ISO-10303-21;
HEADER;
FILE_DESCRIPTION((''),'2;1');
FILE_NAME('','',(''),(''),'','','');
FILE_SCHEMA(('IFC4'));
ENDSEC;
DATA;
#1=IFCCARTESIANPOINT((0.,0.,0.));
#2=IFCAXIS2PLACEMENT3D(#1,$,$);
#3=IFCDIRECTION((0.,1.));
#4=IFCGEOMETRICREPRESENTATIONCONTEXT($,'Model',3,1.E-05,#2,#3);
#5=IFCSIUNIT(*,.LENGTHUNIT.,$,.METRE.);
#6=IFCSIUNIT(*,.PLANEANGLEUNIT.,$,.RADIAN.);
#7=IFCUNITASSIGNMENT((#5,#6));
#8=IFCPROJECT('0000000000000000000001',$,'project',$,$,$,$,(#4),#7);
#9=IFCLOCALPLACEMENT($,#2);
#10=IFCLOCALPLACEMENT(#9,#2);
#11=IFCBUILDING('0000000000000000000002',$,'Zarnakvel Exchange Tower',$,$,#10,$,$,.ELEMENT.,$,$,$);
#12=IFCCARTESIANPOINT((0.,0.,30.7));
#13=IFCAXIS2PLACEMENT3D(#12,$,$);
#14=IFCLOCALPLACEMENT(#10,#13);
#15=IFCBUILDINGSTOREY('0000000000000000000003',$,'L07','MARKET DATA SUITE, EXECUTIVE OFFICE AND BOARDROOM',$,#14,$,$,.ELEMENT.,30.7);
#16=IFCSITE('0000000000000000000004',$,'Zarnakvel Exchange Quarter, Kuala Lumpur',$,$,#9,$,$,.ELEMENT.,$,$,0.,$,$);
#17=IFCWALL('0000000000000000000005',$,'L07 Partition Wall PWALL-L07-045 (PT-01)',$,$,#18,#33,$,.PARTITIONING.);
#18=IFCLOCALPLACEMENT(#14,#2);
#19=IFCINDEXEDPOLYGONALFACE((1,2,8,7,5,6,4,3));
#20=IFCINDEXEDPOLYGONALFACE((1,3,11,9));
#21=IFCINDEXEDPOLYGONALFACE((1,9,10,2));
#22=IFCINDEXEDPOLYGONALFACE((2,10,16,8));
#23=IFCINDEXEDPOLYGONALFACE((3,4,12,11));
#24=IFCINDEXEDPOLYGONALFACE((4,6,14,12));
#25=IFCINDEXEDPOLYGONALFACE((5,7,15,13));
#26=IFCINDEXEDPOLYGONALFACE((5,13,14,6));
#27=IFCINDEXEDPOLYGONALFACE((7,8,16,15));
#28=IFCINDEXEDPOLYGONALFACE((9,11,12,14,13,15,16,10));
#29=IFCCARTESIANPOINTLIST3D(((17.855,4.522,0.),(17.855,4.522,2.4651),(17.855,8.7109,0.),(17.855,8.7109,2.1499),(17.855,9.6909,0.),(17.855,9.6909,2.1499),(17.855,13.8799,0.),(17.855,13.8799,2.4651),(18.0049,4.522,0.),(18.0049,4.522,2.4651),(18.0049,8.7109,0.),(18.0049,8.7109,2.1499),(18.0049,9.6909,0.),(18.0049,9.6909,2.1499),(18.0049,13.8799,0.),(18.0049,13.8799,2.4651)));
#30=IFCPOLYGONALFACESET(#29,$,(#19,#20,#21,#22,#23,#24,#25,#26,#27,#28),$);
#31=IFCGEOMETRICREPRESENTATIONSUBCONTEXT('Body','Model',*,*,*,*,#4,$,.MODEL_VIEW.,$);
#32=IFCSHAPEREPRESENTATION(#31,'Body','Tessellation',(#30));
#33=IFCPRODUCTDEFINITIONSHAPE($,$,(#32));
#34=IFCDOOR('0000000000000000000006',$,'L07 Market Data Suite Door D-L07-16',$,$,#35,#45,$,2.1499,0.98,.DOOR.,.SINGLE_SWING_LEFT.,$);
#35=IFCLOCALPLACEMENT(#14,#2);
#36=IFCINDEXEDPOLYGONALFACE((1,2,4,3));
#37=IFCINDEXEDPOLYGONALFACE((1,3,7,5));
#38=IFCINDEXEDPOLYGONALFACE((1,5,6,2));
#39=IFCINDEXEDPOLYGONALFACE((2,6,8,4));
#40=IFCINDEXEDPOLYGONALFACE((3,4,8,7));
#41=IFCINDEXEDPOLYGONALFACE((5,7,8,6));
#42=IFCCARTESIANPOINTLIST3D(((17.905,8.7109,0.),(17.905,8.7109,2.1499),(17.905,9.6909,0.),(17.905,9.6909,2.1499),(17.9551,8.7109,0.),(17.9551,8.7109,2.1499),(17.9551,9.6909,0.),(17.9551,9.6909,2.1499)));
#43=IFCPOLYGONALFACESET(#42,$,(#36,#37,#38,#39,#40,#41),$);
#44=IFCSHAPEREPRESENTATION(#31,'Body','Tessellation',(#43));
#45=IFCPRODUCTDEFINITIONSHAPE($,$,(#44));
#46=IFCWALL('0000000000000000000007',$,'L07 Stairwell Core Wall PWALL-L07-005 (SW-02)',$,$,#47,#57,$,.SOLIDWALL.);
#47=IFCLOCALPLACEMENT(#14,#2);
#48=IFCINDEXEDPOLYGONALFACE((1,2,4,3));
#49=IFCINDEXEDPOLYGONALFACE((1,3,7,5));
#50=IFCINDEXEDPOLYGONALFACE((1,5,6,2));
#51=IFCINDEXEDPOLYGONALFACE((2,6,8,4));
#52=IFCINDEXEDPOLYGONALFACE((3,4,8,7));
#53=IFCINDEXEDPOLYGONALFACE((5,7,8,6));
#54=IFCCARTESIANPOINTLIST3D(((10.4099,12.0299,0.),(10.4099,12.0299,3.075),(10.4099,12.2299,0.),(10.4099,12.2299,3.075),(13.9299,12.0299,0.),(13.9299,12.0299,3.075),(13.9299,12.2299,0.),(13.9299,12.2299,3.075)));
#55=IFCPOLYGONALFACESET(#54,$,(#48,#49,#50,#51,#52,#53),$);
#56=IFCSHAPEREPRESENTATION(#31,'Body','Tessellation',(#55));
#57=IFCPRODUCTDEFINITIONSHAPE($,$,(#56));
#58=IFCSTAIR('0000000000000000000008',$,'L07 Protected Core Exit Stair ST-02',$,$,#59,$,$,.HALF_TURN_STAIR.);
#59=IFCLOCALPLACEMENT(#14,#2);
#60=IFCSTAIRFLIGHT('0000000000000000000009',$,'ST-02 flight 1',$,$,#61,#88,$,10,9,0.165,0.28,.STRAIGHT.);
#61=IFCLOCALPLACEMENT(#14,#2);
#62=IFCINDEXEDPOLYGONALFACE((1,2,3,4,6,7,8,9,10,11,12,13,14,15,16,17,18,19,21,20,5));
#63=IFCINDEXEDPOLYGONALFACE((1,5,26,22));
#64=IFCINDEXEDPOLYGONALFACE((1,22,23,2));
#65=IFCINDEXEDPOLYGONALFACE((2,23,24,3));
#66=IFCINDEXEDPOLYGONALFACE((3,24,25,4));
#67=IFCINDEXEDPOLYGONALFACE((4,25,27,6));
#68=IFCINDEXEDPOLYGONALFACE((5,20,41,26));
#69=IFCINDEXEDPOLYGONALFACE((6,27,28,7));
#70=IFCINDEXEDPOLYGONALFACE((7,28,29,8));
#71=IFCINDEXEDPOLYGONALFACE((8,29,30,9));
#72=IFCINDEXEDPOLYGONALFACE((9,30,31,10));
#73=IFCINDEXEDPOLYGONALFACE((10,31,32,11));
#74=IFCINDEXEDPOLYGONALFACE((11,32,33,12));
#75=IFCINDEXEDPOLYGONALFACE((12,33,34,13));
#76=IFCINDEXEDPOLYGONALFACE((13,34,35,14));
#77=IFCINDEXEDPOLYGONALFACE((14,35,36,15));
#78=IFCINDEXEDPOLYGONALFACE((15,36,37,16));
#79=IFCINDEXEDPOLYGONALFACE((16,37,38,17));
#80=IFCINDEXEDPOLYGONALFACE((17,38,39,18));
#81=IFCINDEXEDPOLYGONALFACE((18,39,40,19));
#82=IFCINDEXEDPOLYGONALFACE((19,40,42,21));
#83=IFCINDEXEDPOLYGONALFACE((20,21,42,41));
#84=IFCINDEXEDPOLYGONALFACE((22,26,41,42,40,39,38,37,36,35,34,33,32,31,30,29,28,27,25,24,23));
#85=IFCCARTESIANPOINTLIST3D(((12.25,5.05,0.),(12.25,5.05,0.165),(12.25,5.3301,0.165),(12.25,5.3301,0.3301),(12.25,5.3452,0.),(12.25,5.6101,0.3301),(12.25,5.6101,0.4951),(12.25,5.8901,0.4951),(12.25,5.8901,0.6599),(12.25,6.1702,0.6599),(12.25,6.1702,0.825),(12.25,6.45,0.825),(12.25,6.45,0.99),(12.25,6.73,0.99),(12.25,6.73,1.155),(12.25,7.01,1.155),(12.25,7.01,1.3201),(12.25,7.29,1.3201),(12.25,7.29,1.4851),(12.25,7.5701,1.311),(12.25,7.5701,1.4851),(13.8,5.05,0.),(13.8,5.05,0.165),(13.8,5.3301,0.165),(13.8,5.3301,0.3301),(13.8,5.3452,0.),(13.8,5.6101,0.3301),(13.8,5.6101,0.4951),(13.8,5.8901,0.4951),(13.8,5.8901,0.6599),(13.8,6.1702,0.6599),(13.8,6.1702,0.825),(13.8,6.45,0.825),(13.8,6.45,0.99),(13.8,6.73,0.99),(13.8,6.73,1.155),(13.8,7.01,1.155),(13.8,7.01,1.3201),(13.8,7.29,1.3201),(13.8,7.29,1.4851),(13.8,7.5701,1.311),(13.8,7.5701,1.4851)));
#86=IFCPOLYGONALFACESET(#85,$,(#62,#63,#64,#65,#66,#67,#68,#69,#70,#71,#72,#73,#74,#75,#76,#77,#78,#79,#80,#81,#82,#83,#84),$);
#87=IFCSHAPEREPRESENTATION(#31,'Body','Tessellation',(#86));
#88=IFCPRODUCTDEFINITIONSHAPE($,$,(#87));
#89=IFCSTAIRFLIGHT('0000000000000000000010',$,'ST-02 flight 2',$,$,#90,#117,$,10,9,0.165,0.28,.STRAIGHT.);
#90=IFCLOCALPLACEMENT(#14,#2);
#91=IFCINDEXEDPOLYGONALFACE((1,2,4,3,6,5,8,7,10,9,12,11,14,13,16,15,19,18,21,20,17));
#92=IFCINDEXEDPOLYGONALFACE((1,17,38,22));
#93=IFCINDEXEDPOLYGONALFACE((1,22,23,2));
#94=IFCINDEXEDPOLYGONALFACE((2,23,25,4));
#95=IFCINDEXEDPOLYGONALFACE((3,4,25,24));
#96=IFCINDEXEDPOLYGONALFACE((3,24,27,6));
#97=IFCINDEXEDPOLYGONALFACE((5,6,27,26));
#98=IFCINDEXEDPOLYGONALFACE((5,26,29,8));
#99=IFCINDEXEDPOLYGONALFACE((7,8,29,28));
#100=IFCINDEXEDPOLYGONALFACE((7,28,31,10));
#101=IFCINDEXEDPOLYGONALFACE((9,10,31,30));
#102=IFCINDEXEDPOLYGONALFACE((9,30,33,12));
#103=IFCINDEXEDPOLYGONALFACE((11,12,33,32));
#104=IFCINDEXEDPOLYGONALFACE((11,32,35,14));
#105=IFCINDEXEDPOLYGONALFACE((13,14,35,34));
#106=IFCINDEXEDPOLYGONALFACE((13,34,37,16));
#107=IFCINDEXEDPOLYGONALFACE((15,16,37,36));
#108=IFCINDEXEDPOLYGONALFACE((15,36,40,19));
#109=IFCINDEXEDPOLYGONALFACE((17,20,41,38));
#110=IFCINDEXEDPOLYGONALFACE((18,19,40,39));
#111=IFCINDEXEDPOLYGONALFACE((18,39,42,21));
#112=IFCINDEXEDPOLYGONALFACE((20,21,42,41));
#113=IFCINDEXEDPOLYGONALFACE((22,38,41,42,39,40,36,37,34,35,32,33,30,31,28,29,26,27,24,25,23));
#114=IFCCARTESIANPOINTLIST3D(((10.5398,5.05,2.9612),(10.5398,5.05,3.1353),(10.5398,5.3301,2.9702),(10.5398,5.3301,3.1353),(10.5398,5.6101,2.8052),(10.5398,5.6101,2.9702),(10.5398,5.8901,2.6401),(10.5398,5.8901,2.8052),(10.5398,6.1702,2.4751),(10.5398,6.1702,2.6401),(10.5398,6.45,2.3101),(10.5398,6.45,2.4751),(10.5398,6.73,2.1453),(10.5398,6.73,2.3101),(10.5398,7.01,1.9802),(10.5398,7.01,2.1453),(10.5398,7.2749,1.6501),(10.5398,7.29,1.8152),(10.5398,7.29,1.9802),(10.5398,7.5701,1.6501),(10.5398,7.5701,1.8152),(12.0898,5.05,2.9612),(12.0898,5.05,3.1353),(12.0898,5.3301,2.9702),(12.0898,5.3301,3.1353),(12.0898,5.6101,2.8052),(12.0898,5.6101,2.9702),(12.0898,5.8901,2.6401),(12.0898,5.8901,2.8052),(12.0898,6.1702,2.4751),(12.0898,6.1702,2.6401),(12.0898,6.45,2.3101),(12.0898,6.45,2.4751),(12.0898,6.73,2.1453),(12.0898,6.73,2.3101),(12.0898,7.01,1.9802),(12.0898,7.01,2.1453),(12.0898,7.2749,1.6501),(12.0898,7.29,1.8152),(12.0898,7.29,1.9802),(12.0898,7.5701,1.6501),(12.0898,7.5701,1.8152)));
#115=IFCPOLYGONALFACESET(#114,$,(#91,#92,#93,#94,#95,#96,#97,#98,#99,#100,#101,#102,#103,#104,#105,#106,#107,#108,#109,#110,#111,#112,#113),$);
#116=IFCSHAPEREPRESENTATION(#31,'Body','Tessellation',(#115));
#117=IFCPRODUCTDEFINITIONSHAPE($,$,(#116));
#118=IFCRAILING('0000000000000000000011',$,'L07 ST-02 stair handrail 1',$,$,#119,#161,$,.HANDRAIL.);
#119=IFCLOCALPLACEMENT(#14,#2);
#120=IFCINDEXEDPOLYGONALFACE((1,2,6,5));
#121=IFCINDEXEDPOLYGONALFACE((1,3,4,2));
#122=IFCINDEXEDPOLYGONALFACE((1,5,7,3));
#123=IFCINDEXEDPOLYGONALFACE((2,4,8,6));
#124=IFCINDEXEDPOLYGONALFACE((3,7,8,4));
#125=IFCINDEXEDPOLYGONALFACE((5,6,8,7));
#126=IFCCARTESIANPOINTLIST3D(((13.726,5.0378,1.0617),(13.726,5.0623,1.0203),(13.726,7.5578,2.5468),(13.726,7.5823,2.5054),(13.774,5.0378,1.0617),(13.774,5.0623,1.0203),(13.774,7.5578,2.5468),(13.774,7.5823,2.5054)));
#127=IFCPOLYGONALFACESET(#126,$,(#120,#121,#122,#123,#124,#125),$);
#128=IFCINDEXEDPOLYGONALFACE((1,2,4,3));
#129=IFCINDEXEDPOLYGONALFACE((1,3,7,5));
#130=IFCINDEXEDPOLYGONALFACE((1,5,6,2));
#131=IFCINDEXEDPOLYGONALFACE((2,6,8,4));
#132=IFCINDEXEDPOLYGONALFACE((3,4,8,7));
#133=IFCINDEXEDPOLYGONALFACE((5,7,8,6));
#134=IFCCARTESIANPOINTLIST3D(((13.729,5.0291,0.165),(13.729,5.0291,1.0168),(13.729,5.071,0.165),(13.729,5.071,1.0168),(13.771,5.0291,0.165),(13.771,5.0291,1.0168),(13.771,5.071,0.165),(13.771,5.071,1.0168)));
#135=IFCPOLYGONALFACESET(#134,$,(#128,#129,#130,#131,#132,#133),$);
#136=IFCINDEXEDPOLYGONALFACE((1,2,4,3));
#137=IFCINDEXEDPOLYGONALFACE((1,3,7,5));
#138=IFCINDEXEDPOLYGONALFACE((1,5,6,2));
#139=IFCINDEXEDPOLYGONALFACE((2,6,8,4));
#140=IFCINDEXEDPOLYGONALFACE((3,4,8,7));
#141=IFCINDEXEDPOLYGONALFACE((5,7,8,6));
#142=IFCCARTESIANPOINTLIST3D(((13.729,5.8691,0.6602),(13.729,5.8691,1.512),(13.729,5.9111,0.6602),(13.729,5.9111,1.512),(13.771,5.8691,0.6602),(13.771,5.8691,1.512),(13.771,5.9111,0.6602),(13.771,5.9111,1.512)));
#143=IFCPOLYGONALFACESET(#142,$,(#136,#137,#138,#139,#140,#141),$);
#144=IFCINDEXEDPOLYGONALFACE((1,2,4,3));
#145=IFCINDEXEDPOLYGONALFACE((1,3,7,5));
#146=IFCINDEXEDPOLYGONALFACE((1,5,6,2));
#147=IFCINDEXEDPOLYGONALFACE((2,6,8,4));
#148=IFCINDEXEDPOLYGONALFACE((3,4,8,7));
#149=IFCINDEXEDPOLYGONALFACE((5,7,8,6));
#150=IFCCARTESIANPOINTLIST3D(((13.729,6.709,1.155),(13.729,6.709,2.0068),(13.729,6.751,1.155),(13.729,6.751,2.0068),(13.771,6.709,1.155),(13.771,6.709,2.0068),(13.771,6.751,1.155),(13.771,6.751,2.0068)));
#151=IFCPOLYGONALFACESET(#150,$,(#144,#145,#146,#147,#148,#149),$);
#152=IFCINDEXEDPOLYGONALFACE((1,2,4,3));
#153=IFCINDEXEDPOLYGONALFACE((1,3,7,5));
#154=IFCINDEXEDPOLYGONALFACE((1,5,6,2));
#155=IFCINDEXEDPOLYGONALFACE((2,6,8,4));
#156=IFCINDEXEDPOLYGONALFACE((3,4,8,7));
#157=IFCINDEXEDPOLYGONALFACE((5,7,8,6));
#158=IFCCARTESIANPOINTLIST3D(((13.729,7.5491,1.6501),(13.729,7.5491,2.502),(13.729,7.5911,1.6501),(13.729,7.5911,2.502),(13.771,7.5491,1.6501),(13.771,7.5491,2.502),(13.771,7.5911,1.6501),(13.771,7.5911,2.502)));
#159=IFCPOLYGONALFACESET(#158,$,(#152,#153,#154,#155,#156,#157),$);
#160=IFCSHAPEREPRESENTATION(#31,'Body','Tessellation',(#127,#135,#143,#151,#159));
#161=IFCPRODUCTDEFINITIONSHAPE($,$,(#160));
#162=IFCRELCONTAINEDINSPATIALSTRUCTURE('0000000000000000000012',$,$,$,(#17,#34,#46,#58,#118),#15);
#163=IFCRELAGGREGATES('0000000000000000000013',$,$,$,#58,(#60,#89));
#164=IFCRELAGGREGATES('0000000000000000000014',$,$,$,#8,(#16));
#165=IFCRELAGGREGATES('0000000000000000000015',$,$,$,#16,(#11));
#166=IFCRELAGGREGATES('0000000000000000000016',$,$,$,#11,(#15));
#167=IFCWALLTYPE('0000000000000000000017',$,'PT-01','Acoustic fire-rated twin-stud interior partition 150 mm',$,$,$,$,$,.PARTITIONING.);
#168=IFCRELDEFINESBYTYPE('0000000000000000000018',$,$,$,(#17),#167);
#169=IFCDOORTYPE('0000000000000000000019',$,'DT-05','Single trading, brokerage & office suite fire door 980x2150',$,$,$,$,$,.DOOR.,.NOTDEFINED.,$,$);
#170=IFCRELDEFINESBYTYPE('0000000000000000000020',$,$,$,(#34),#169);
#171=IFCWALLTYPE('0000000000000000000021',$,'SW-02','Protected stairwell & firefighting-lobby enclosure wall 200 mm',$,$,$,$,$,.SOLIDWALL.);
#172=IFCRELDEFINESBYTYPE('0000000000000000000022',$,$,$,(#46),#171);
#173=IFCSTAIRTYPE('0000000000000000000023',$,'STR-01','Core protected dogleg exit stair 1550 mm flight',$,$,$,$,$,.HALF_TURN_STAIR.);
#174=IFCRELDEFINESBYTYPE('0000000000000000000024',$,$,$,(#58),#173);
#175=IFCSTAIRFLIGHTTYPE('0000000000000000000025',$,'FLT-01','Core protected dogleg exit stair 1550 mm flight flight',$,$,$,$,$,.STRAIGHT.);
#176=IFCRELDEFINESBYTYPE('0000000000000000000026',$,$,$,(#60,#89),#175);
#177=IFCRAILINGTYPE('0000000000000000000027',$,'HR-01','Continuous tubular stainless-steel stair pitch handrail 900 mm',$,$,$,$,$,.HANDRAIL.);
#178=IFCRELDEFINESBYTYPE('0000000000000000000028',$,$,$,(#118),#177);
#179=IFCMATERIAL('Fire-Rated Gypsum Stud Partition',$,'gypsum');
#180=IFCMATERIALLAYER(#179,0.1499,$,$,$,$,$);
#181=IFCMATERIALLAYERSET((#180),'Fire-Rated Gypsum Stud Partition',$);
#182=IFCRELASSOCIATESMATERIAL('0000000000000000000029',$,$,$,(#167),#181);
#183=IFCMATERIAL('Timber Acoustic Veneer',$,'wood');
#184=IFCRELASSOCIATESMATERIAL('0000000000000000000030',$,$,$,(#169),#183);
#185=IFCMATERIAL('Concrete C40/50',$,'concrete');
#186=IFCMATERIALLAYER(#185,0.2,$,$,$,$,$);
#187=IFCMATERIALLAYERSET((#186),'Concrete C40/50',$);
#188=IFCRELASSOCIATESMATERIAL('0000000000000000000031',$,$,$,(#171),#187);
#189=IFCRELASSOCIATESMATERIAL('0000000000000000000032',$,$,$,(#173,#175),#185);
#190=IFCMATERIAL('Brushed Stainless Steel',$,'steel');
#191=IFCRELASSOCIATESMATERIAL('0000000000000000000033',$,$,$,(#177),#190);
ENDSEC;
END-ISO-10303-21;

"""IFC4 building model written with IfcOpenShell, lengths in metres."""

from ifc_helpers import new_model, si_unit, direction, frame, frame_2d, origin, origin_2d, place, context, subcontext, project, spatial, polyline, rectangle, outline, extrude, source, transform, mapped, material, layer, layer_set, type_object, element, fill, aggregate, save


model = new_model("IFC4")

# Units and contexts
model_context = context("Model", 3, precision=1e-05, world=origin(), true_north=direction((0.0, 1.0)))
body_context = subcontext(model_context, "Body", "Model", "MODEL_VIEW")
ifc_project = project(units=[si_unit("LENGTHUNIT", "METRE"), si_unit("PLANEANGLEUNIT", "RADIAN")], contexts=[model_context])

# Site, building, storey
site_placement = place(None, origin())
site = spatial("IfcSite", under=ifc_project, at=site_placement, Name="Zarnakvel Exchange Quarter, Kuala Lumpur", CompositionType="ELEMENT", RefElevation=0.0)
building_placement = place(site_placement, origin())
building = spatial("IfcBuilding", under=site, at=building_placement, Name="Zarnakvel Exchange Tower", CompositionType="ELEMENT")
storey_placement = place(building_placement, frame((0.0, 0.0, 30.7)))
storey = spatial("IfcBuildingStorey", under=building, at=storey_placement, Name="L07", Description="MARKET DATA SUITE, EXECUTIVE OFFICE AND BOARDROOM", CompositionType="ELEMENT", Elevation=30.7)

# Shared definitions
ifc_material_1 = material(Name="Fire-Rated Gypsum Stud Partition", Category="gypsum")
ifc_layer_1 = layer(ifc_material_1, 0.1499)
ifc_layer_set_1 = layer_set([ifc_layer_1], Name="Fire-Rated Gypsum Stud Partition")
wall_type_1 = type_object("IfcWallType", Name="PT-01", Description="Acoustic fire-rated twin-stud interior partition 150 mm", PredefinedType="PARTITIONING", material=ifc_layer_set_1)

# Wall, opening, door
wall_1_placement = place(storey_placement, frame((17.9299, 4.522, 0.0), z_axis=(0.0, 0.0, 1.0), x_axis=(0.0, 1.0, 0.0)))
wall_1 = element("IfcWall", 1, at=wall_1_placement, inside=storey, type_object=wall_type_1, Name="L07 Partition Wall PWALL-L07-045 (PT-01)", PredefinedType="PARTITIONING", context=body_context, shape_type="SweptSolid", body=[
    extrude(rectangle(XDim=9.3579, YDim=0.1499, at=frame_2d((4.679, 0.0))), origin(), (0.0, 0.0, 1.0), 2.4651),
])
opening_1_placement = place(wall_1_placement, frame((4.189, 0.0, 0.0)))
opening_1 = element("IfcOpeningElement", 2, at=opening_1_placement, cuts=wall_1, PredefinedType="OPENING", context=body_context, shape_type="SweptSolid", body=[
    extrude(rectangle(XDim=0.98, YDim=2.1499, at=frame_2d((0.49, 1.075))), frame((0.0, 0.085, 0.0), z_axis=(0.0, -1.0, 0.0), x_axis=(1.0, 0.0, 0.0)), (0.0, 0.0, 1.0), 0.1699),
])
ifc_material_2 = material(Name="Timber Acoustic Veneer", Category="wood")
door_type_1 = type_object("IfcDoorType", Name="DT-05", Description="Single trading, brokerage & office suite fire door 980x2150", OperationType="NOTDEFINED", PredefinedType="DOOR", material=ifc_material_2)
shared_shape_1 = source(origin(), body_context, "Body", "SweptSolid", [
    extrude(rectangle(XDim=0.98, YDim=2.1499, at=frame_2d((0.49, 1.075))), frame((0.0, 0.0249, 0.0), z_axis=(0.0, -1.0, 0.0), x_axis=(1.0, 0.0, 0.0)), (0.0, 0.0, 1.0), 0.05),
])
door_1_placement = place(opening_1_placement, origin())
door_1 = element("IfcDoor", 3, at=door_1_placement, inside=storey, type_object=door_type_1, Name="L07 Market Data Suite Door D-L07-16", OperationType="SINGLE_SWING_LEFT", OverallHeight=2.1499, OverallWidth=0.98, PredefinedType="DOOR", context=body_context, shape_type="MappedRepresentation", body=[
    mapped(shared_shape_1, transform((0.0, 0.0, 0.0), x_axis=(1.0, 0.0, 0.0), y_axis=(0.0, 1.0, 0.0), z_axis=(0.0, 0.0, 1.0), scale=1.0)),
])
fill(opening_1, door_1)
ifc_material_3 = material(Name="Concrete C40/50", Category="concrete")
ifc_layer_2 = layer(ifc_material_3, 0.2)
ifc_layer_set_2 = layer_set([ifc_layer_2], Name="Concrete C40/50")
wall_type_2 = type_object("IfcWallType", Name="SW-02", Description="Protected stairwell & firefighting-lobby enclosure wall 200 mm", PredefinedType="SOLIDWALL", material=ifc_layer_set_2)

# Wall
wall_2_placement = place(storey_placement, frame((10.4099, 12.1299, 0.0), z_axis=(0.0, 0.0, 1.0), x_axis=(1.0, 0.0, 0.0)))
element("IfcWall", 4, at=wall_2_placement, inside=storey, type_object=wall_type_2, Name="L07 Stairwell Core Wall PWALL-L07-005 (SW-02)", PredefinedType="SOLIDWALL", context=body_context, shape_type="SweptSolid", body=[
    extrude(rectangle(XDim=3.52, YDim=0.2, at=frame_2d((1.76, 0.0))), origin(), (0.0, 0.0, 1.0), 3.075),
])

# Stair, stair flights
stair_type = type_object("IfcStairType", Name="STR-01", Description="Core protected dogleg exit stair 1550 mm flight", PredefinedType="HALF_TURN_STAIR", material=ifc_material_3)
stair_placement = place(storey_placement, origin())
stair = element("IfcStair", 5, at=stair_placement, inside=storey, type_object=stair_type, Name="L07 Protected Core Exit Stair ST-02", PredefinedType="HALF_TURN_STAIR")
stair_flight_type = type_object("IfcStairFlightType", Name="FLT-01", Description="Core protected dogleg exit stair 1550 mm flight flight", PredefinedType="STRAIGHT", material=ifc_material_3)
stair_flight_1_placement = place(storey_placement, frame((13.0249, 5.05, 0.0), z_axis=(0.0, 0.0, 1.0), x_axis=(0.0, 1.0, 0.0)))
stair_flight_1 = element("IfcStairFlight", 6, at=stair_flight_1_placement, type_object=stair_flight_type, Name="ST-02 flight 1", NumberOfRisers=10, NumberOfTreads=9, PredefinedType="STRAIGHT", RiserHeight=0.165, TreadLength=0.28, context=body_context, shape_type="SweptSolid", body=[
    extrude(outline(polyline([(0.0, 0.0), (0.0, 0.165), (0.28, 0.165), (0.28, 0.3301), (0.5601, 0.3301), (0.5601, 0.4951), (0.8401, 0.4951), (0.8401, 0.6599), (1.1201, 0.6599), (1.1201, 0.825), (1.3999, 0.825), (1.3999, 0.99), (1.6799, 0.99), (1.6799, 1.155), (1.96, 1.155), (1.96, 1.3201), (2.24, 1.3201), (2.24, 1.4851), (2.52, 1.4851), (2.52, 1.6499), (2.52, 1.311), (0.2952, 0.0), (0.0, 0.0)])), frame((0.0, 0.7749, 0.0), z_axis=(0.0, -1.0, 0.0), x_axis=(1.0, 0.0, 0.0)), (0.0, 0.0, 1.0), 1.55),
])
stair_flight_2_placement = place(storey_placement, frame((11.3149, 7.5701, 1.6501), z_axis=(0.0, 0.0, 1.0), x_axis=(0.0, -1.0, 0.0)))
stair_flight_2 = element("IfcStairFlight", 7, at=stair_flight_2_placement, type_object=stair_flight_type, Name="ST-02 flight 2", NumberOfRisers=10, NumberOfTreads=9, PredefinedType="STRAIGHT", RiserHeight=0.165, TreadLength=0.28, context=body_context, shape_type="SweptSolid", body=[
    extrude(outline(polyline([(0.0, 0.0), (0.0, 0.165), (0.28, 0.165), (0.28, 0.3301), (0.5601, 0.3301), (0.5601, 0.4951), (0.8401, 0.4951), (0.8401, 0.6599), (1.1201, 0.6599), (1.1201, 0.825), (1.3999, 0.825), (1.3999, 0.99), (1.6799, 0.99), (1.6799, 1.155), (1.96, 1.155), (1.96, 1.3201), (2.24, 1.3201), (2.24, 1.4851), (2.52, 1.4851), (2.52, 1.6499), (2.52, 1.311), (0.2952, 0.0), (0.0, 0.0)])), frame((0.0, 0.7749, 0.0), z_axis=(0.0, -1.0, 0.0), x_axis=(1.0, 0.0, 0.0)), (0.0, 0.0, 1.0), 1.55),
])
aggregate(stair, [stair_flight_1, stair_flight_2])

# Railing
ifc_material_4 = material(Name="Brushed Stainless Steel", Category="steel")
railing_type_1 = type_object("IfcRailingType", Name="HR-01", Description="Continuous tubular stainless-steel stair pitch handrail 900 mm", PredefinedType="HANDRAIL", material=ifc_material_4)
railing_1_placement = place(storey_placement, frame((13.75, 5.05, 0.165)))
element("IfcRailing", 8, at=railing_1_placement, inside=storey, type_object=railing_type_1, Name="L07 ST-02 stair handrail 1", PredefinedType="HANDRAIL", context=body_context, shape_type="SweptSolid", body=[
    extrude(rectangle(XDim=0.0481, YDim=0.0481, at=origin_2d()), frame((0.0, 0.0, 0.876), z_axis=(0.0, 0.861524, 0.507717), x_axis=(-1.0, 0.0, 0.0)), (0.0, 0.0, 1.0), 2.925),
    extrude(rectangle(XDim=0.042, YDim=0.042, at=origin_2d()), origin(), (0.0, 0.0, 1.0), 0.8518),
    extrude(rectangle(XDim=0.042, YDim=0.042, at=origin_2d()), frame((0.0, 0.8401, 0.4951)), (0.0, 0.0, 1.0), 0.8518),
    extrude(rectangle(XDim=0.042, YDim=0.042, at=origin_2d()), frame((0.0, 1.6799, 0.99)), (0.0, 0.0, 1.0), 0.8518),
    extrude(rectangle(XDim=0.042, YDim=0.042, at=origin_2d()), frame((0.0, 2.52, 1.4851)), (0.0, 0.0, 1.0), 0.8518),
])

save(model, "model.ifc")
